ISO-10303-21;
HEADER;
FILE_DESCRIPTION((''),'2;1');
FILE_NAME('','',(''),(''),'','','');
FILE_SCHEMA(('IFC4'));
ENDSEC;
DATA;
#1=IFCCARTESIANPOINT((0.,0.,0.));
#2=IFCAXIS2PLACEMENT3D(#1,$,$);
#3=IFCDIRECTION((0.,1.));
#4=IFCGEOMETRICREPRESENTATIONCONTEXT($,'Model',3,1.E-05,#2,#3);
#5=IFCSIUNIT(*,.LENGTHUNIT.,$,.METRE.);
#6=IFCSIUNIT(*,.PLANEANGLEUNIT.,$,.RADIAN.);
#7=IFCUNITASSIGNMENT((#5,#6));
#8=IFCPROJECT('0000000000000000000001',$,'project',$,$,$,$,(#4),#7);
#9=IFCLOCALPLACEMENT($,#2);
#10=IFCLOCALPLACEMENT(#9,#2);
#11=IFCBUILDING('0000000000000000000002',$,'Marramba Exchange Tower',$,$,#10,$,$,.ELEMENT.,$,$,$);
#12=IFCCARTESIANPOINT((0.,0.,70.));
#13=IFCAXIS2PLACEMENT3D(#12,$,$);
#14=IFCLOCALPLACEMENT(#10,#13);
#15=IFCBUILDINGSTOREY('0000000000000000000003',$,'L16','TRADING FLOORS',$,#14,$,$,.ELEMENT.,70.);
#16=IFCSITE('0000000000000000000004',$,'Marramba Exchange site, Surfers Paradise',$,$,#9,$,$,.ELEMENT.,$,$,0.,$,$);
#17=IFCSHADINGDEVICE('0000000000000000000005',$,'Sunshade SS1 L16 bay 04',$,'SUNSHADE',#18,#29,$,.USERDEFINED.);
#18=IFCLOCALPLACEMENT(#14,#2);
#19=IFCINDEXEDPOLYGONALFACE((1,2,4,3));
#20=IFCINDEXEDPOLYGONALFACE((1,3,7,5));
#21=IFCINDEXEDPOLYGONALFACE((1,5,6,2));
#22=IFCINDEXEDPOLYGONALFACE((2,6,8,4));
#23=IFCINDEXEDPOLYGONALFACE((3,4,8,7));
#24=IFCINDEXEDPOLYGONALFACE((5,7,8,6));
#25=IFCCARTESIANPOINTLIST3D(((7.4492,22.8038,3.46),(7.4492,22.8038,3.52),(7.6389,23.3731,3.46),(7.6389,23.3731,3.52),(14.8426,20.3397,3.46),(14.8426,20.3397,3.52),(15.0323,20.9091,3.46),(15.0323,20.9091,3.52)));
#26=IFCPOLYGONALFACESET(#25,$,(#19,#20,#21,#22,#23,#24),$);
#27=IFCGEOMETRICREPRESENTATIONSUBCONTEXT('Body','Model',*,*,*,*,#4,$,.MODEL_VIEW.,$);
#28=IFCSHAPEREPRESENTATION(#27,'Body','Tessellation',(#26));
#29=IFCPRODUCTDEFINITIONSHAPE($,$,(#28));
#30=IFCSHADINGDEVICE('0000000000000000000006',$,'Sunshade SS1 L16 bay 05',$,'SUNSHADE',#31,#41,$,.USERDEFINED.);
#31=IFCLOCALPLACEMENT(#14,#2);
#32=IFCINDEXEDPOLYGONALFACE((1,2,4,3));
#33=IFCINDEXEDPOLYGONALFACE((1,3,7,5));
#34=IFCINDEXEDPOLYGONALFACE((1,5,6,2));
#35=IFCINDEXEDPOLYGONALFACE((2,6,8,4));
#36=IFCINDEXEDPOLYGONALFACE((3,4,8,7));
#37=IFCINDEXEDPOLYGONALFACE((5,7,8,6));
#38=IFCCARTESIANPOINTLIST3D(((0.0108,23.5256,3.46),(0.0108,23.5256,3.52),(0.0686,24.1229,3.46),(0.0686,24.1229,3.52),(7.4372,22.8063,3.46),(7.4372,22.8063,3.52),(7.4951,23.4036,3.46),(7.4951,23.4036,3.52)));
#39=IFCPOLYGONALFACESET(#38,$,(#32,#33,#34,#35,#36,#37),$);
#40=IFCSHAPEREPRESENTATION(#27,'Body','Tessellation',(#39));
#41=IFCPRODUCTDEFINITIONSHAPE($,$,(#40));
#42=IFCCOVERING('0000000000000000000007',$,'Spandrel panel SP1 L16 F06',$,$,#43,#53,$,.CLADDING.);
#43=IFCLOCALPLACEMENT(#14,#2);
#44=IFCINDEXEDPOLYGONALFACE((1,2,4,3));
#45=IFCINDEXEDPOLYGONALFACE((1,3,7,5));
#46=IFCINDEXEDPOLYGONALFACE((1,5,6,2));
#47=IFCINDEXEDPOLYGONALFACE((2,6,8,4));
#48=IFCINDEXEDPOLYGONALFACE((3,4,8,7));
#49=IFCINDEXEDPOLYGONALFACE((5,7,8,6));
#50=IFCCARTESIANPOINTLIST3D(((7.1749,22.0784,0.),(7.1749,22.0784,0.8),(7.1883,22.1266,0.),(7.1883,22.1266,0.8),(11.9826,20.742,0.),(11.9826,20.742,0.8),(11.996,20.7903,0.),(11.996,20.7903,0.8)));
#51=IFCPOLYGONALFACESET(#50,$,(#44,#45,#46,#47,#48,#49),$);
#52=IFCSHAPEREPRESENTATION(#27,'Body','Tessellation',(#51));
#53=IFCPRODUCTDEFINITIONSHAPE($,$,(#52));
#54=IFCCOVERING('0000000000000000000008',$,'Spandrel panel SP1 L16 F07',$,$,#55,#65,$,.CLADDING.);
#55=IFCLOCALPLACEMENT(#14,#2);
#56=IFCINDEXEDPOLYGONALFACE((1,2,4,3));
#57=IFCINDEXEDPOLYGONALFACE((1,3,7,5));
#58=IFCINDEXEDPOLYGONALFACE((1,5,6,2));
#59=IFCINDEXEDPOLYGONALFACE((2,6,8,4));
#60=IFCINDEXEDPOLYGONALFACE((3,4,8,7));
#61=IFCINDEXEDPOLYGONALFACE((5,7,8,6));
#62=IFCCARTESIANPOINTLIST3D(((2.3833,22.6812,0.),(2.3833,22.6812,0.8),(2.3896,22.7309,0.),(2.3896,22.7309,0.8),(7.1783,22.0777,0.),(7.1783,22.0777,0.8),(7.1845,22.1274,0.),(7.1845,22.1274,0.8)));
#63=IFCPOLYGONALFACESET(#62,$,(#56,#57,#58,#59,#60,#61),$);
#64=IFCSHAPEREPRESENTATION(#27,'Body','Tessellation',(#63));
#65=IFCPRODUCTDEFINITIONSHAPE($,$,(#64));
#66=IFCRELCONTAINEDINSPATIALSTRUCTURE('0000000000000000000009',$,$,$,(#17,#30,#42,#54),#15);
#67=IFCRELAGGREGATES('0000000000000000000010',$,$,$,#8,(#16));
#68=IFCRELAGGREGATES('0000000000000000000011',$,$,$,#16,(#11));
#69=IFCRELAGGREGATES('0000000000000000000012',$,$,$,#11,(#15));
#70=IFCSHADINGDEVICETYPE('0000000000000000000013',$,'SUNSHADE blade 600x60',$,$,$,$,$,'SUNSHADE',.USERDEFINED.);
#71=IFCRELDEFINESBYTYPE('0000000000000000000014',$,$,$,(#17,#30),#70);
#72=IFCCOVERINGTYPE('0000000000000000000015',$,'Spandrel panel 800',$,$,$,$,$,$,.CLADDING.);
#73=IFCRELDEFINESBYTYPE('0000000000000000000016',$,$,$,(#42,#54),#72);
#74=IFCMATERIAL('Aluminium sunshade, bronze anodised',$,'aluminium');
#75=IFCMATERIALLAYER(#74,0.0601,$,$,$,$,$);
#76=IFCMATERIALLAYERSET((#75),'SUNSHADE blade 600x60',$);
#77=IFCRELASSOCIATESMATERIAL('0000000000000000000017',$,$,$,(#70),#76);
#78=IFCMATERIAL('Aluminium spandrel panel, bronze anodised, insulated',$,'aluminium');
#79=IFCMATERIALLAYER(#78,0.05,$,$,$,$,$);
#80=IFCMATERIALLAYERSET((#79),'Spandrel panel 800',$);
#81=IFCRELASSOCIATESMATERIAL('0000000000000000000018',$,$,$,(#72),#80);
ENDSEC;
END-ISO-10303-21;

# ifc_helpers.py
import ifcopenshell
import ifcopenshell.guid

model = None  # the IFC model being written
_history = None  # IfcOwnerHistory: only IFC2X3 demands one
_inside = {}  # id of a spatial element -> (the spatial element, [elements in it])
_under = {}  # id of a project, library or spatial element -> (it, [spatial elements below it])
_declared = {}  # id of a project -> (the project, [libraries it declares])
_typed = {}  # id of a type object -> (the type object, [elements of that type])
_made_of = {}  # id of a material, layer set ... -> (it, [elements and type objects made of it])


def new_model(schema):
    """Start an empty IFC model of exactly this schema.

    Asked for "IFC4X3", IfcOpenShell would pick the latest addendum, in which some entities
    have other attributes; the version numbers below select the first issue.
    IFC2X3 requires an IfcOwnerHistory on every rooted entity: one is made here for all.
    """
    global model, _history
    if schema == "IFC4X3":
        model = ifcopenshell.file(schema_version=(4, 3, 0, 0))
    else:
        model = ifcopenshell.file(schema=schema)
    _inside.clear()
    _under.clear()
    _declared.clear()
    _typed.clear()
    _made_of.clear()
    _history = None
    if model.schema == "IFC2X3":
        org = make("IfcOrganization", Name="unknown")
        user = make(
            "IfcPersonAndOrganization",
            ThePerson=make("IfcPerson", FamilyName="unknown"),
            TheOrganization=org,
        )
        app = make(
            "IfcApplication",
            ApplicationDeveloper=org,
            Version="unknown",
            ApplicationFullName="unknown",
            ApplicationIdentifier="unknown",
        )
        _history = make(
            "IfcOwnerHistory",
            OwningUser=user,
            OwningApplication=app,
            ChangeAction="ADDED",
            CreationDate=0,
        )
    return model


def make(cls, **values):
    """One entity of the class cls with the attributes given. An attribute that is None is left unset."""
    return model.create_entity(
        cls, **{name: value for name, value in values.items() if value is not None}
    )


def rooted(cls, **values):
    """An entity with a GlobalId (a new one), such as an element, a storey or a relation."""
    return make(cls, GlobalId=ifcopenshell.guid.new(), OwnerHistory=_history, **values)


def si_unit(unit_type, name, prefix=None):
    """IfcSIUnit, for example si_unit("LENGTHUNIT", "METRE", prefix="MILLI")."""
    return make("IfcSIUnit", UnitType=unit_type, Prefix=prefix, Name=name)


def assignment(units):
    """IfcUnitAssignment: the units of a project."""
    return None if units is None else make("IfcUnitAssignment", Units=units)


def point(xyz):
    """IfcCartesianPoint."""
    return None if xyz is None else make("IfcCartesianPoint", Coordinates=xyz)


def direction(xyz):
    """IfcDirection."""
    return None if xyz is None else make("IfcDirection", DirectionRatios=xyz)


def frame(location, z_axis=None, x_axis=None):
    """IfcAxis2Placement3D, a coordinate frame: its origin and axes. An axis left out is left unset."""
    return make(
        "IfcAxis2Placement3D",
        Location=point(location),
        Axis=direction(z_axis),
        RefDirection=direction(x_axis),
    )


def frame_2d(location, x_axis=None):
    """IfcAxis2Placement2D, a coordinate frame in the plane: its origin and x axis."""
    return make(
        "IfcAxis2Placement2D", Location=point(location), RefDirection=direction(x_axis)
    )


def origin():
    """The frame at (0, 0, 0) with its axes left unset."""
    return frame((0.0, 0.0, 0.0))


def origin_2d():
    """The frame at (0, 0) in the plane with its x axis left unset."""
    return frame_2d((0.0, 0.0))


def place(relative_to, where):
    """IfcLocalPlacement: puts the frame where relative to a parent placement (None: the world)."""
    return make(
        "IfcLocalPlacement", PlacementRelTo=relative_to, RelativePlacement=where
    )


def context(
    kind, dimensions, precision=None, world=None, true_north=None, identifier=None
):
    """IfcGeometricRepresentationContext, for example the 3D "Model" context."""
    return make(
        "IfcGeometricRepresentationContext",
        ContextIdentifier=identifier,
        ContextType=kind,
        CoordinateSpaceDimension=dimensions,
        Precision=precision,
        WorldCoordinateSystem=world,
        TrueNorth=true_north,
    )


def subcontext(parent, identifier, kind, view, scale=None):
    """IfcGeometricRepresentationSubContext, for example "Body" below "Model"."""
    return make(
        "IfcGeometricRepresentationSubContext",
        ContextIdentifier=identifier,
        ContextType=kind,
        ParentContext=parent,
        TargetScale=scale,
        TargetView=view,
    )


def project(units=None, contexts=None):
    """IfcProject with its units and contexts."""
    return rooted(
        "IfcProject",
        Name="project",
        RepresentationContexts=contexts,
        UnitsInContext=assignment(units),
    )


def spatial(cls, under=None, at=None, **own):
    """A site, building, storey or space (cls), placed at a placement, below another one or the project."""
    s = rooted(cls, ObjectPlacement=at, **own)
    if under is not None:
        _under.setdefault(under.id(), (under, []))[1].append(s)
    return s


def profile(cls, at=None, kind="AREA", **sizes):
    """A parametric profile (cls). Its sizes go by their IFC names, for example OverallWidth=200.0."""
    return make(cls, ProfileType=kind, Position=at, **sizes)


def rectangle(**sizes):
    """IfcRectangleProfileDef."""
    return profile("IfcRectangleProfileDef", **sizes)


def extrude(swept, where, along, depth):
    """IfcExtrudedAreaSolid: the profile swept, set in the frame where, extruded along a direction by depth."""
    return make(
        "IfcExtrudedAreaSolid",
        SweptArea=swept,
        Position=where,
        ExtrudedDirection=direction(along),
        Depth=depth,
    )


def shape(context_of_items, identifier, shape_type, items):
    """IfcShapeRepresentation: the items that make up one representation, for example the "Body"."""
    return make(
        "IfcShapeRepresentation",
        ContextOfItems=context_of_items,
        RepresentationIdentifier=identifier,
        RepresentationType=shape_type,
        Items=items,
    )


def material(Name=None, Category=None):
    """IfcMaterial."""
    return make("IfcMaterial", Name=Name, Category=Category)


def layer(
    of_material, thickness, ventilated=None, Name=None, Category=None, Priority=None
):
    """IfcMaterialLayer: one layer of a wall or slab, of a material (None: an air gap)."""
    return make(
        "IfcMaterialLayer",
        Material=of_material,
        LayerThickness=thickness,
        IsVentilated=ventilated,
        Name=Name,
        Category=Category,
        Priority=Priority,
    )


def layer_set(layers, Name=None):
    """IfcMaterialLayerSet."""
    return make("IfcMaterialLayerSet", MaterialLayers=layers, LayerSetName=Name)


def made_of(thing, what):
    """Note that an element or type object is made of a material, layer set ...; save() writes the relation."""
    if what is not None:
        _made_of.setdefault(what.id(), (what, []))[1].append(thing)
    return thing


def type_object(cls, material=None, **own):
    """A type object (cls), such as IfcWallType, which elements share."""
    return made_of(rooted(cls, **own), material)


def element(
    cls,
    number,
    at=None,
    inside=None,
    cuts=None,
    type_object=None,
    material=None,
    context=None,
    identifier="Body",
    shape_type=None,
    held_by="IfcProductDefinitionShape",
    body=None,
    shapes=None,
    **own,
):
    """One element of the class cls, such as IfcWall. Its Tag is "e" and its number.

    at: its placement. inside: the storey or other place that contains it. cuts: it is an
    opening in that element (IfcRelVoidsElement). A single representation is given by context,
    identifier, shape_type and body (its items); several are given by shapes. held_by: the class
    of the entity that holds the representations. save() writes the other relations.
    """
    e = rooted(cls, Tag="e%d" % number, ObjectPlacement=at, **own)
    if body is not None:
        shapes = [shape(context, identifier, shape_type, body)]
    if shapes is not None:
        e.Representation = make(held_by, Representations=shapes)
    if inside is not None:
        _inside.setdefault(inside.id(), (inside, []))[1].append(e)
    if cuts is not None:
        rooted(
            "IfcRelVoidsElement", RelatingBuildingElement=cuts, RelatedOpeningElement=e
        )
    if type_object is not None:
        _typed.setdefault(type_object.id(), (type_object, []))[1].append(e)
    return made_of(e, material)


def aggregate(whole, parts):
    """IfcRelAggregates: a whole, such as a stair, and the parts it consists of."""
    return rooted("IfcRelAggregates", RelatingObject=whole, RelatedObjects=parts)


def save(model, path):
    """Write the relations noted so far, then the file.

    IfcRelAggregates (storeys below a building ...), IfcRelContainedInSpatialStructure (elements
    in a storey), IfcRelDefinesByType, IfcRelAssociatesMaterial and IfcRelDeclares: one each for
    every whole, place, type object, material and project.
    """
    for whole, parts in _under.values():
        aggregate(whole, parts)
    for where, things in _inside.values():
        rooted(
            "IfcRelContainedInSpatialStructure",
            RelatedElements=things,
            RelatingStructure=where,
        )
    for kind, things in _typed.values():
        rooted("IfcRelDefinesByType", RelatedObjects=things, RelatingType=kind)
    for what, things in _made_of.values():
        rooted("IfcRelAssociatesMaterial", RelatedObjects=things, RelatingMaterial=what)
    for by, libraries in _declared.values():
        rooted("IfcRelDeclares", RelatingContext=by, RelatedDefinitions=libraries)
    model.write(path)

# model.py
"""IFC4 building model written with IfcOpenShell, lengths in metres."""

from ifc_helpers import new_model, si_unit, direction, frame, origin, origin_2d, place, context, subcontext, project, spatial, rectangle, extrude, material, layer, layer_set, type_object, element, save


model = new_model("IFC4")

# Units and contexts
model_context = context("Model", 3, precision=1e-05, world=origin(), true_north=direction((0.0, 1.0)))
body_context = subcontext(model_context, "Body", "Model", "MODEL_VIEW")
ifc_project = project(units=[si_unit("LENGTHUNIT", "METRE"), si_unit("PLANEANGLEUNIT", "RADIAN")], contexts=[model_context])

# Site, building, storey
site_placement = place(None, origin())
site = spatial("IfcSite", under=ifc_project, at=site_placement, Name="Marramba Exchange site, Surfers Paradise", CompositionType="ELEMENT", RefElevation=0.0)
building_placement = place(site_placement, origin())
building = spatial("IfcBuilding", under=site, at=building_placement, Name="Marramba Exchange Tower", CompositionType="ELEMENT")
storey_placement = place(building_placement, frame((0.0, 0.0, 70.0)))
storey = spatial("IfcBuildingStorey", under=building, at=storey_placement, Name="L16", Description="TRADING FLOORS", CompositionType="ELEMENT", Elevation=70.0)

# Shading devices
ifc_material_1 = material(Name="Aluminium sunshade, bronze anodised", Category="aluminium")
ifc_layer_1 = layer(ifc_material_1, 0.0601)
ifc_layer_set_1 = layer_set([ifc_layer_1], Name="SUNSHADE blade 600x60")
shading_device_type_1 = type_object("IfcShadingDeviceType", Name="SUNSHADE blade 600x60", ElementType="SUNSHADE", PredefinedType="USERDEFINED", material=ifc_layer_set_1)
shading_device_1_placement = place(storey_placement, frame((11.2407, 21.8564, 3.46), z_axis=(0.0, 0.0, 1.0), x_axis=(-0.948698, 0.316184, 0.0)))
element("IfcShadingDevice", 1, at=shading_device_1_placement, inside=storey, type_object=shading_device_type_1, Name="Sunshade SS1 L16 bay 04", ObjectType="SUNSHADE", PredefinedType="USERDEFINED", context=body_context, shape_type="SweptSolid", body=[
    extrude(rectangle(XDim=7.7932, YDim=0.6001, at=origin_2d()), origin(), (0.0, 0.0, 1.0), 0.0601),
])
shading_device_2_placement = place(storey_placement, frame((3.7529, 23.4646, 3.46), z_axis=(0.0, 0.0, 1.0), x_axis=(-0.995343, 0.096398, 0.0)))
element("IfcShadingDevice", 2, at=shading_device_2_placement, inside=storey, type_object=shading_device_type_1, Name="Sunshade SS1 L16 bay 05", ObjectType="SUNSHADE", PredefinedType="USERDEFINED", context=body_context, shape_type="SweptSolid", body=[
    extrude(rectangle(XDim=7.4612, YDim=0.6001, at=origin_2d()), origin(), (0.0, 0.0, 1.0), 0.0601),
])

# Coverings
ifc_material_2 = material(Name="Aluminium spandrel panel, bronze anodised, insulated", Category="aluminium")
ifc_layer_2 = layer(ifc_material_2, 0.05)
ifc_layer_set_2 = layer_set([ifc_layer_2], Name="Spandrel panel 800")
covering_type = type_object("IfcCoveringType", Name="Spandrel panel 800", PredefinedType="CLADDING", material=ifc_layer_set_2)
covering_1_placement = place(storey_placement, frame((9.5854, 21.4343, 0.0), z_axis=(0.0, 0.0, 1.0), x_axis=(-0.963472, 0.267809, 0.0)))
element("IfcCovering", 3, at=covering_1_placement, inside=storey, type_object=covering_type, Name="Spandrel panel SP1 L16 F06", PredefinedType="CLADDING", context=body_context, shape_type="SweptSolid", body=[
    extrude(rectangle(XDim=4.99, YDim=0.05, at=origin_2d()), origin(), (0.0, 0.0, 1.0), 0.8),
])
covering_2_placement = place(storey_placement, frame((4.7839, 22.4043, 0.0), z_axis=(0.0, 0.0, 1.0), x_axis=(-0.992173, 0.124873, 0.0)))
element("IfcCovering", 4, at=covering_2_placement, inside=storey, type_object=covering_type, Name="Spandrel panel SP1 L16 F07", PredefinedType="CLADDING", context=body_context, shape_type="SweptSolid", body=[
    extrude(rectangle(XDim=4.8328, YDim=0.05, at=origin_2d()), origin(), (0.0, 0.0, 1.0), 0.8),
])

save(model, "model.ifc")
